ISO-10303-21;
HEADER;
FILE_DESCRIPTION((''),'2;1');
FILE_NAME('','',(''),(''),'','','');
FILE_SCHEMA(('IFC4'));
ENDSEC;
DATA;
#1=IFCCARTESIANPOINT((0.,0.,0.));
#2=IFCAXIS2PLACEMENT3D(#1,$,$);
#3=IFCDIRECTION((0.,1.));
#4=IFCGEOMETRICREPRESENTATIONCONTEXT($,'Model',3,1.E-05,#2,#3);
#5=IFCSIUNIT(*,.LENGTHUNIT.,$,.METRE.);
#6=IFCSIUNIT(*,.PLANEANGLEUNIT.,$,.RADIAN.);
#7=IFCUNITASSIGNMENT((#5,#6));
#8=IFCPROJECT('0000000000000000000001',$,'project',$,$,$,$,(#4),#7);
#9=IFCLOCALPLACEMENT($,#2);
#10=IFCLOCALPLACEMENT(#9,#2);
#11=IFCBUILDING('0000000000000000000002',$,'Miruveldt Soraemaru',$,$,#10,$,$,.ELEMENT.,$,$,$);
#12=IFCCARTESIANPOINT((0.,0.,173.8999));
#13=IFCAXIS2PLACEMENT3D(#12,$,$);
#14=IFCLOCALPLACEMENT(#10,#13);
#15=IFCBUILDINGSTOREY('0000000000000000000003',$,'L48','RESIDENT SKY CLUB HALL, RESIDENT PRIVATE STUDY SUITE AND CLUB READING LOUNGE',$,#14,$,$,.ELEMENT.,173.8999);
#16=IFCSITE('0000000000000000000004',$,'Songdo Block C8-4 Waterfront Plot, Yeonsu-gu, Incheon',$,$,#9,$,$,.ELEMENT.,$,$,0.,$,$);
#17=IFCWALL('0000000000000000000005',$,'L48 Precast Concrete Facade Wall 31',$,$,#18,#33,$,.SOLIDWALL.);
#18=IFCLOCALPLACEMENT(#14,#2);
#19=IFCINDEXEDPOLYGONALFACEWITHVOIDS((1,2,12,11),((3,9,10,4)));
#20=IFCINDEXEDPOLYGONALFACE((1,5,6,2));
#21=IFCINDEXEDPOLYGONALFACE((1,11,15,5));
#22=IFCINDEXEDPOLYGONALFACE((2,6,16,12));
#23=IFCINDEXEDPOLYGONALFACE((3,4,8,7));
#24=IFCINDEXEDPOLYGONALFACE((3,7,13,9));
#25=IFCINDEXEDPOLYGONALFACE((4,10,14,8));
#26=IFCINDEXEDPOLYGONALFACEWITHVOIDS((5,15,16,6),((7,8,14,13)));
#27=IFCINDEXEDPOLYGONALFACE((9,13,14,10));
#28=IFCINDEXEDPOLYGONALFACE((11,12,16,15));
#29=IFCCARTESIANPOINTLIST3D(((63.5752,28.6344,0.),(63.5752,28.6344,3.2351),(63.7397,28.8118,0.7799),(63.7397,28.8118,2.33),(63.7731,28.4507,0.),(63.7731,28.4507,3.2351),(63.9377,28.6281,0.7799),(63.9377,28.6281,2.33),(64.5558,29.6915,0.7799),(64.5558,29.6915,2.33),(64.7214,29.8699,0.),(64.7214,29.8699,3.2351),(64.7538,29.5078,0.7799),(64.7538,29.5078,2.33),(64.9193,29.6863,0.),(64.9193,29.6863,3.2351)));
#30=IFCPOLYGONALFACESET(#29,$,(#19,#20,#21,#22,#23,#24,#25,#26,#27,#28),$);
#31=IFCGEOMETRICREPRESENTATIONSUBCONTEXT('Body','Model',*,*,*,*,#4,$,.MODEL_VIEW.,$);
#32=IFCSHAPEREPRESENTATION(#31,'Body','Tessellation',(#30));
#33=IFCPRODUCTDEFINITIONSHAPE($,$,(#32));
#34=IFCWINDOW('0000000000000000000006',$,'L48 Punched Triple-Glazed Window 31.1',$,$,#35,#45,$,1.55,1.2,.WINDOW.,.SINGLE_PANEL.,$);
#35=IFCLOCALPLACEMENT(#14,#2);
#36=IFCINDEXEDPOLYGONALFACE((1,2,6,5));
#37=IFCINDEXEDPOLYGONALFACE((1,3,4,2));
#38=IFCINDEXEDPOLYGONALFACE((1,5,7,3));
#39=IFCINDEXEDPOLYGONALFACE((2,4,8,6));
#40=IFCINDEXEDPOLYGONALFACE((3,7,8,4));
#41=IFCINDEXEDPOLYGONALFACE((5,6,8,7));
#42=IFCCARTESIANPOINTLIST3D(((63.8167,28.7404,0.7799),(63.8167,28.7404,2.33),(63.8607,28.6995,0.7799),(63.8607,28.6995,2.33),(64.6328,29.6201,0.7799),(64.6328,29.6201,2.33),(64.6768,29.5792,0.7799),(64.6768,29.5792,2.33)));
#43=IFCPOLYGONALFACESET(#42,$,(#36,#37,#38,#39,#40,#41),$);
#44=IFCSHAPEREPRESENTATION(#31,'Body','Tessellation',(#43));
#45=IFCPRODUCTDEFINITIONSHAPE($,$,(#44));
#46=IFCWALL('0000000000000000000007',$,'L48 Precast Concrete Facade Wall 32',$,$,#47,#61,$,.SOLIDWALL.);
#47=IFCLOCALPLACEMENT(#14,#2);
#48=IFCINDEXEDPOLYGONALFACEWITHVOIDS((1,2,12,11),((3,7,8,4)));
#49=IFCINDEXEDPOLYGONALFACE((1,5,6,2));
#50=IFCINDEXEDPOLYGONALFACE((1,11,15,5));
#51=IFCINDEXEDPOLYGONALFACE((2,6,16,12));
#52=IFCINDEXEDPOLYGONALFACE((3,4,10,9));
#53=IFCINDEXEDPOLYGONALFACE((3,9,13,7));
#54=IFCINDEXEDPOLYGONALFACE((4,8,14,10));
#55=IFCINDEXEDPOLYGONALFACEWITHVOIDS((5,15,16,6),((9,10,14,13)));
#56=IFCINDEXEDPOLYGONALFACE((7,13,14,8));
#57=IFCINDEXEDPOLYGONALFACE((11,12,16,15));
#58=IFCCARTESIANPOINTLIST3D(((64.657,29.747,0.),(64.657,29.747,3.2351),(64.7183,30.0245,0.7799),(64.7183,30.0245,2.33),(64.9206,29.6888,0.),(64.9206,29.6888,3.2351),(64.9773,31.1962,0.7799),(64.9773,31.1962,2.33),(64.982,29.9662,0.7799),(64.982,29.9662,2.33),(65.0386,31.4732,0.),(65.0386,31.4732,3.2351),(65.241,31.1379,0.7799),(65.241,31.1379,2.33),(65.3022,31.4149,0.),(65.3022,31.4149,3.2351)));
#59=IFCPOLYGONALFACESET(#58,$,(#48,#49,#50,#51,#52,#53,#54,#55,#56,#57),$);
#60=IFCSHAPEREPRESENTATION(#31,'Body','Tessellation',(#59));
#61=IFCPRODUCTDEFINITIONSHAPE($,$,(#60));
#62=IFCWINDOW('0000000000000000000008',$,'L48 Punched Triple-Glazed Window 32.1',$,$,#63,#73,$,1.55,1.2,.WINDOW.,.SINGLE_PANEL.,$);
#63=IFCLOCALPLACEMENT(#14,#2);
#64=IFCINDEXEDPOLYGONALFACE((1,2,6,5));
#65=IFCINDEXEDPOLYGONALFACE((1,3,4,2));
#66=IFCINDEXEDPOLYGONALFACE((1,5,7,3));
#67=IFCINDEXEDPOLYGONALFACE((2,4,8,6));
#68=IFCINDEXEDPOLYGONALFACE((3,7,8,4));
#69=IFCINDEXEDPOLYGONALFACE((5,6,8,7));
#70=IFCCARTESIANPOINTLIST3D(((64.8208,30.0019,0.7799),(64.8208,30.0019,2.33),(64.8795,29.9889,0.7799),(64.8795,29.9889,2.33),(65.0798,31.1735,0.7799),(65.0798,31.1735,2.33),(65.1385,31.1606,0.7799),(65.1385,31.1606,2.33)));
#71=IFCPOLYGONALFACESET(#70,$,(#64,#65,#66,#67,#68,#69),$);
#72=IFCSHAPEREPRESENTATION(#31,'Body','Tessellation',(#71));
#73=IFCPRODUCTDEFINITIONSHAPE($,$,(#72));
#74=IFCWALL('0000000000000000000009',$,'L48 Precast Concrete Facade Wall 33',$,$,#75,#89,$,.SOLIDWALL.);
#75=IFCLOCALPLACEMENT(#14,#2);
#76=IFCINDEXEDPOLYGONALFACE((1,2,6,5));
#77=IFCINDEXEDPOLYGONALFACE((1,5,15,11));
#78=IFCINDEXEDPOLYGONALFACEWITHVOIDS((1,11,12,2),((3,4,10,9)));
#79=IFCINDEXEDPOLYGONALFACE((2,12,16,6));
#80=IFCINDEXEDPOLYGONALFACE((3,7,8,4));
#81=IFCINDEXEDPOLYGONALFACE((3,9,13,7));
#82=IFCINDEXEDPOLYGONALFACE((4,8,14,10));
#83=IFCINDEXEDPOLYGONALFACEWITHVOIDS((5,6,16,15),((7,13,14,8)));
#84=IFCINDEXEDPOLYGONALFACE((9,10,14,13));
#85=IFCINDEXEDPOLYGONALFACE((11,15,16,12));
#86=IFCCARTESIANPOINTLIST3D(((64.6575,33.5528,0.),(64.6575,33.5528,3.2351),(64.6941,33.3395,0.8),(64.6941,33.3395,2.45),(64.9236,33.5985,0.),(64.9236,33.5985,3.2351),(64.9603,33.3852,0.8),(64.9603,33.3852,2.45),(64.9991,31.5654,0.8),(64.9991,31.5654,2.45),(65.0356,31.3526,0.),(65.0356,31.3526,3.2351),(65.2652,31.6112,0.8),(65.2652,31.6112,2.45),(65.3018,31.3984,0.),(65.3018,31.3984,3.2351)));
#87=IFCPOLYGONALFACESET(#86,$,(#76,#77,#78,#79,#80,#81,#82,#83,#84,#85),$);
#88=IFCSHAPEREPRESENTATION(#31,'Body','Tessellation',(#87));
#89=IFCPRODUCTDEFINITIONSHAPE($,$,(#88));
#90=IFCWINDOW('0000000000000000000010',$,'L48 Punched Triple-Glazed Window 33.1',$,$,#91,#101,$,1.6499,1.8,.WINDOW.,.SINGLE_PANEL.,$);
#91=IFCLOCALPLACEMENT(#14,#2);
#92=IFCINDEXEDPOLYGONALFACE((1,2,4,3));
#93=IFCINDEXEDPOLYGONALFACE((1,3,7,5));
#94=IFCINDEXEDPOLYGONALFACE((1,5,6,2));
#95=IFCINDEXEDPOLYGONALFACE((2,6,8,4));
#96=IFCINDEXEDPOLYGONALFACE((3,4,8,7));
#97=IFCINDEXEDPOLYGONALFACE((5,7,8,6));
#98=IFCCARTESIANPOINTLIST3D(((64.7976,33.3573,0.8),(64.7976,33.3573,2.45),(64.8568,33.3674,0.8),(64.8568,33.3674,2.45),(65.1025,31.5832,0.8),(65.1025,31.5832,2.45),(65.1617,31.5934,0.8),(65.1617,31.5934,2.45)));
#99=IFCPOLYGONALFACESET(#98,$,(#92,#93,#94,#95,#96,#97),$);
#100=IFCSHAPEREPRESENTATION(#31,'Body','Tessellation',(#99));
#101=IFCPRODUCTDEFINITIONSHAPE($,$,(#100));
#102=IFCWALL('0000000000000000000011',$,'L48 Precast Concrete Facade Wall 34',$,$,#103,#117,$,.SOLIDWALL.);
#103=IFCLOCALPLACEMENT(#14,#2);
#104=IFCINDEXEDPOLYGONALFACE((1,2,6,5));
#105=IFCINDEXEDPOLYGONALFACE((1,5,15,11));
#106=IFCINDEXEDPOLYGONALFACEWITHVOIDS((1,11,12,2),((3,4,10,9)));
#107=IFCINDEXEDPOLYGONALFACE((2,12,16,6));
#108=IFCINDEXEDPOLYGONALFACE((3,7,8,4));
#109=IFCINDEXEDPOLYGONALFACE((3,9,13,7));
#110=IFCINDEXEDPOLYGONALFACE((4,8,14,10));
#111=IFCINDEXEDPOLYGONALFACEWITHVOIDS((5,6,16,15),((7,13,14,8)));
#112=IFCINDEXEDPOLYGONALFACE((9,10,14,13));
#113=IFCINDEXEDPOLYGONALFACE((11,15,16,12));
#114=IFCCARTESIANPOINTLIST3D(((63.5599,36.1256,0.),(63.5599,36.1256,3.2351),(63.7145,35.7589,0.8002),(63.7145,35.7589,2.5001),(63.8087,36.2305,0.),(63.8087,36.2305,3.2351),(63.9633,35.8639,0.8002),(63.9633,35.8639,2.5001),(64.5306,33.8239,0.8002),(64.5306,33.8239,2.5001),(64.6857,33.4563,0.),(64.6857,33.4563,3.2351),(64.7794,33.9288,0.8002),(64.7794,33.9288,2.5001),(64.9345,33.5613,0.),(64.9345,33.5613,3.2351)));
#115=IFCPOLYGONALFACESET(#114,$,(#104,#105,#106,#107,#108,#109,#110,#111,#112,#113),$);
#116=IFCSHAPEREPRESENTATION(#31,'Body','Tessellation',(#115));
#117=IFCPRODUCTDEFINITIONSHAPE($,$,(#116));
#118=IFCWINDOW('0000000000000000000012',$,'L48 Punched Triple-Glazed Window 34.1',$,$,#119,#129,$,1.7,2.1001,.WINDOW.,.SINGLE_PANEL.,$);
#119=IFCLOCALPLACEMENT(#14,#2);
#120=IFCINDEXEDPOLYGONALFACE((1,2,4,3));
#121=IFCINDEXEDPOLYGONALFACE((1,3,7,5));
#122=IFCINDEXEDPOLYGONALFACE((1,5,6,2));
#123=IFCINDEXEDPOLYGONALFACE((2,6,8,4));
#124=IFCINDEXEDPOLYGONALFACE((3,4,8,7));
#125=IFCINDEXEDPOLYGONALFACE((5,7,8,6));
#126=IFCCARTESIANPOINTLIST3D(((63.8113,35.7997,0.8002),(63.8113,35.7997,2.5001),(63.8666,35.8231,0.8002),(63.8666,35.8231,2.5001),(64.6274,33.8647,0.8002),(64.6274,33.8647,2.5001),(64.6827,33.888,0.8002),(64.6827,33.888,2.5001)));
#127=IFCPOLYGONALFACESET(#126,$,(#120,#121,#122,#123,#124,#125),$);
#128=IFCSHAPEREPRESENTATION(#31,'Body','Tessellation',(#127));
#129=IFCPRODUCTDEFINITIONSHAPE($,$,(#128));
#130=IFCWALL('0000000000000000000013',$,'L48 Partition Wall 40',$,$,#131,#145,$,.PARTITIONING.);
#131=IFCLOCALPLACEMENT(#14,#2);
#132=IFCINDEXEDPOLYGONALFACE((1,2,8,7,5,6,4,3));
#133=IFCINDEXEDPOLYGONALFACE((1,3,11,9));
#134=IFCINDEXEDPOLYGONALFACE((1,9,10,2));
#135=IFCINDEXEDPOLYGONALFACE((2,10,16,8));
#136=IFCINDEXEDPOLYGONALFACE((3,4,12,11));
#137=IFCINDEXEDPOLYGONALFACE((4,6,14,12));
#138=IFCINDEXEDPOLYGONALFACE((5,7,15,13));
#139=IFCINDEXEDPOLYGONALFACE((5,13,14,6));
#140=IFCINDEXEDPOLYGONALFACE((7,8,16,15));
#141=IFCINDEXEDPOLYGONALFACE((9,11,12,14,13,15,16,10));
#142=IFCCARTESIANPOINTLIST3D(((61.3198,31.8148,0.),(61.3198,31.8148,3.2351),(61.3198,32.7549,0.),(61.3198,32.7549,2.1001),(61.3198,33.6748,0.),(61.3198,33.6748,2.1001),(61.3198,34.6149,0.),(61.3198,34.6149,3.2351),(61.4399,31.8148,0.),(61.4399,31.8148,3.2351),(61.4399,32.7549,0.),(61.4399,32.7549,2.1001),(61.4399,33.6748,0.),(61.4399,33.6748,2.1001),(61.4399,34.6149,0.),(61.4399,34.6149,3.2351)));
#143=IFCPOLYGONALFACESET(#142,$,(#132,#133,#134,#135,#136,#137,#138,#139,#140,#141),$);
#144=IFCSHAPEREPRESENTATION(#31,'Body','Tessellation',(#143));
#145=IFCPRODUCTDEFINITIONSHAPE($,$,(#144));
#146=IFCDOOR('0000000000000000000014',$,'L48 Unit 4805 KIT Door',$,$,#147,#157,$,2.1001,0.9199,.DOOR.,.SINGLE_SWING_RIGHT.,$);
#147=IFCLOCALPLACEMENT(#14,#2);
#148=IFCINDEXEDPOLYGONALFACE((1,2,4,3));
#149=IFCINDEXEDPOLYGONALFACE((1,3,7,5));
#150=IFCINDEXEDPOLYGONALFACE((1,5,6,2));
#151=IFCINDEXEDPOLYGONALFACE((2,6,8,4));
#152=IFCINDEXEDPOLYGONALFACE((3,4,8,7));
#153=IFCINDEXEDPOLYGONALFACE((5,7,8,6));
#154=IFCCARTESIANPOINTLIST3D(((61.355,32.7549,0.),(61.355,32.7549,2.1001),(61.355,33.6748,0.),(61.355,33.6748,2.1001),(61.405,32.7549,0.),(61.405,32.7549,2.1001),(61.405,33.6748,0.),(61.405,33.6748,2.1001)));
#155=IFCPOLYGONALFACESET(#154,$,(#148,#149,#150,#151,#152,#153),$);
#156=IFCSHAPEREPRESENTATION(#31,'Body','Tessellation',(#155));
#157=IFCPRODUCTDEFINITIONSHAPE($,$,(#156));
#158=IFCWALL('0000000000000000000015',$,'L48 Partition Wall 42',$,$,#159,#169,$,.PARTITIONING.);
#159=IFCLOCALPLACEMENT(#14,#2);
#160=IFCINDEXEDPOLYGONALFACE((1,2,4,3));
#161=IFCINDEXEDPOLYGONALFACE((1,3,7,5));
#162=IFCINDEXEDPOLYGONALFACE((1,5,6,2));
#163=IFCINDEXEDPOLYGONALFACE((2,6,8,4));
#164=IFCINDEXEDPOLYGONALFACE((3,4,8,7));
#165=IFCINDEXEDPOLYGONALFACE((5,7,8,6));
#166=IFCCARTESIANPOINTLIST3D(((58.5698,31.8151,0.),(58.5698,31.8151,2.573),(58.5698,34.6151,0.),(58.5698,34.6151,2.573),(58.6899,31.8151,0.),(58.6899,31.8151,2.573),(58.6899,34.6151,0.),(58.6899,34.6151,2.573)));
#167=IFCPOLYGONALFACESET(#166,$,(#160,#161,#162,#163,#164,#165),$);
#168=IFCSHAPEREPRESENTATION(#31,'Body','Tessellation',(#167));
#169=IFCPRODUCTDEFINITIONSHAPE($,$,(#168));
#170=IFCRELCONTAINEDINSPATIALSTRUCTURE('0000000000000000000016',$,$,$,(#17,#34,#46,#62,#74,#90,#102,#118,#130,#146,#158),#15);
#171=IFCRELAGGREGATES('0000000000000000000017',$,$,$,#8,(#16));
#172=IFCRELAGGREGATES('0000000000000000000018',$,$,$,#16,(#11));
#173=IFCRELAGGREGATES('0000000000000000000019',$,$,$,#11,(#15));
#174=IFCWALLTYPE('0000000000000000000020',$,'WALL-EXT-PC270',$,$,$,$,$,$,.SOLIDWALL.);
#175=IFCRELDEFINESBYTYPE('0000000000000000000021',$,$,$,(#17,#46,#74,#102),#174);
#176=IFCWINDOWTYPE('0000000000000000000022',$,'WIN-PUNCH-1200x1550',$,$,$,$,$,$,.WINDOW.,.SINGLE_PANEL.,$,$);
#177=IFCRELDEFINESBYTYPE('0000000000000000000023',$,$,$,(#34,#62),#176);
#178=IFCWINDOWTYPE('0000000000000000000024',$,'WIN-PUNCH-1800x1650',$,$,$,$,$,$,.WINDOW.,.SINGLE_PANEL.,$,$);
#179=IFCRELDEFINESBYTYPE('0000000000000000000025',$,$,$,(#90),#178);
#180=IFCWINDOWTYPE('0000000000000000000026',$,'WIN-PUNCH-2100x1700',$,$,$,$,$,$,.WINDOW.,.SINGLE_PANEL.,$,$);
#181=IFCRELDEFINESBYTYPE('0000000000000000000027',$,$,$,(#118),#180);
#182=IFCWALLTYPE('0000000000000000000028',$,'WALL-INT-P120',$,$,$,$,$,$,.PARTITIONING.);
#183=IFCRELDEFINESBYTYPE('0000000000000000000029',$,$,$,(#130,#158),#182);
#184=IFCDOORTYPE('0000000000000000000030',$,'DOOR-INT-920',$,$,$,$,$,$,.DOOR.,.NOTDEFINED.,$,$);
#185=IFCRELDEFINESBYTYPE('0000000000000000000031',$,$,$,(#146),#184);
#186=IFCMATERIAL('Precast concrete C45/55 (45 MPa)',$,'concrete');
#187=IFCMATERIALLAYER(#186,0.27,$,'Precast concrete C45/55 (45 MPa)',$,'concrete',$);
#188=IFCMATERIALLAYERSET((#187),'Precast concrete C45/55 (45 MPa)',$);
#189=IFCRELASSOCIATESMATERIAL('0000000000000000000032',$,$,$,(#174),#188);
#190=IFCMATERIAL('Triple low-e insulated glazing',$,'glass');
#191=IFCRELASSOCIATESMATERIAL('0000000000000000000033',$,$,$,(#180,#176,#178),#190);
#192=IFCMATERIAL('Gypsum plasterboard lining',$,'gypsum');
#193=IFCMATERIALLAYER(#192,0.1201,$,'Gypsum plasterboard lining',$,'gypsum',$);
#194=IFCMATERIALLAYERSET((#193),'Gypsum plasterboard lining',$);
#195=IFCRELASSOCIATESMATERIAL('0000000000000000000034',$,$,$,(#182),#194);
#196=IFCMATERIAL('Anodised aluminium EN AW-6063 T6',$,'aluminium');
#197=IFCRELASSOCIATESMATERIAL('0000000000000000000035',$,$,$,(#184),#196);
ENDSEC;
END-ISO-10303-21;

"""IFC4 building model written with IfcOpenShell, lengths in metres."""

from ifc_helpers import new_model, si_unit, direction, frame, frame_2d, origin, place, context, subcontext, project, spatial, rectangle, extrude, material, layer, layer_set, type_object, element, fill, save


model = new_model("IFC4")

# Units and contexts
model_context = context("Model", 3, precision=1e-05, world=origin(), true_north=direction((0.0, 1.0)))
body_context = subcontext(model_context, "Body", "Model", "MODEL_VIEW")
ifc_project = project(units=[si_unit("LENGTHUNIT", "METRE"), si_unit("PLANEANGLEUNIT", "RADIAN")], contexts=[model_context])

# Site, building, storey
site_placement = place(None, origin())
site = spatial("IfcSite", under=ifc_project, at=site_placement, Name="Songdo Block C8-4 Waterfront Plot, Yeonsu-gu, Incheon", CompositionType="ELEMENT", RefElevation=0.0)
building_placement = place(site_placement, origin())
building = spatial("IfcBuilding", under=site, at=building_placement, Name="Miruveldt Soraemaru", CompositionType="ELEMENT")
storey_placement = place(building_placement, frame((0.0, 0.0, 173.8999)))
storey = spatial("IfcBuildingStorey", under=building, at=storey_placement, Name="L48", Description="RESIDENT SKY CLUB HALL, RESIDENT PRIVATE STUDY SUITE AND CLUB READING LOUNGE", CompositionType="ELEMENT", Elevation=173.8999)

# Walls, openings, windows
ifc_material_1 = material(Name="Precast concrete C45/55 (45 MPa)", Category="concrete")
ifc_layer_1 = layer(ifc_material_1, 0.27, Name="Precast concrete C45/55 (45 MPa)", Category="concrete")
ifc_layer_set_1 = layer_set([ifc_layer_1], Name="Precast concrete C45/55 (45 MPa)")
wall_type_1 = type_object("IfcWallType", Name="WALL-EXT-PC270", PredefinedType="SOLIDWALL", material=ifc_layer_set_1)
ifc_material_2 = material(Name="Triple low-e insulated glazing", Category="glass")
window_type_1 = type_object("IfcWindowType", Name="WIN-PUNCH-2100x1700", PartitioningType="SINGLE_PANEL", PredefinedType="WINDOW", material=ifc_material_2)
wall_1_placement = place(storey_placement, frame((63.6741, 28.5425, 0.0), z_axis=(0.0, 0.0, 1.0), x_axis=(0.680101, 0.733118, 0.0)))
wall_1 = element("IfcWall", 1, at=wall_1_placement, inside=storey, type_object=wall_type_1, Name="L48 Precast Concrete Facade Wall 31", PredefinedType="SOLIDWALL", context=body_context, shape_type="SweptSolid", body=[
    extrude(rectangle(XDim=1.6853, YDim=0.27, at=frame_2d((0.8428, 0.0))), origin(), (0.0, 0.0, 1.0), 3.2351),
])
opening_1_placement = place(wall_1_placement, frame((0.2419, 0.0, 0.78)))
opening_1 = element("IfcOpeningElement", 2, at=opening_1_placement, cuts=wall_1, PredefinedType="OPENING", context=body_context, shape_type="SweptSolid", body=[
    extrude(rectangle(XDim=1.2, YDim=1.55, at=frame_2d((0.6001, 0.7749))), frame((0.0, 0.145, 0.0), z_axis=(0.0, -1.0, 0.0), x_axis=(1.0, 0.0, 0.0)), (0.0, 0.0, 1.0), 0.29),
])
window_type_2 = type_object("IfcWindowType", Name="WIN-PUNCH-1200x1550", PartitioningType="SINGLE_PANEL", PredefinedType="WINDOW", material=ifc_material_2)
window_1_placement = place(opening_1_placement, origin())
window_1 = element("IfcWindow", 3, at=window_1_placement, inside=storey, type_object=window_type_2, Name="L48 Punched Triple-Glazed Window 31.1", OverallHeight=1.55, OverallWidth=1.2, PartitioningType="SINGLE_PANEL", PredefinedType="WINDOW", context=body_context, shape_type="SweptSolid", body=[
    extrude(rectangle(XDim=1.2, YDim=1.55, at=frame_2d((0.6001, 0.7749))), frame((0.0, 0.03, 0.0), z_axis=(0.0, -1.0, 0.0), x_axis=(1.0, 0.0, 0.0)), (0.0, 0.0, 1.0), 0.0601),
])
fill(opening_1, window_1)
wall_2_placement = place(storey_placement, frame((64.7888, 29.718, 0.0), z_axis=(0.0, 0.0, 1.0), x_axis=(0.215863, 0.976424, 0.0)))
wall_2 = element("IfcWall", 4, at=wall_2_placement, inside=storey, type_object=wall_type_1, Name="L48 Precast Concrete Facade Wall 32", PredefinedType="SOLIDWALL", context=body_context, shape_type="SweptSolid", body=[
    extrude(rectangle(XDim=1.7678, YDim=0.27, at=frame_2d((0.8838, 0.0))), origin(), (0.0, 0.0, 1.0), 3.2351),
])
opening_2_placement = place(wall_2_placement, frame((0.2839, 0.0, 0.78)))
opening_2 = element("IfcOpeningElement", 5, at=opening_2_placement, cuts=wall_2, PredefinedType="OPENING", context=body_context, shape_type="SweptSolid", body=[
    extrude(rectangle(XDim=1.2, YDim=1.55, at=frame_2d((0.6001, 0.7749))), frame((0.0, 0.145, 0.0), z_axis=(0.0, -1.0, 0.0), x_axis=(1.0, 0.0, 0.0)), (0.0, 0.0, 1.0), 0.29),
])
window_2_placement = place(opening_2_placement, origin())
window_2 = element("IfcWindow", 6, at=window_2_placement, inside=storey, type_object=window_type_2, Name="L48 Punched Triple-Glazed Window 32.1", OverallHeight=1.55, OverallWidth=1.2, PartitioningType="SINGLE_PANEL", PredefinedType="WINDOW", context=body_context, shape_type="SweptSolid", body=[
    extrude(rectangle(XDim=1.2, YDim=1.55, at=frame_2d((0.6001, 0.7749))), frame((0.0, 0.03, 0.0), z_axis=(0.0, -1.0, 0.0), x_axis=(1.0, 0.0, 0.0)), (0.0, 0.0, 1.0), 0.0601),
])
fill(opening_2, window_2)
wall_3_placement = place(storey_placement, frame((65.1687, 31.3755, 0.0), z_axis=(0.0, 0.0, 1.0), x_axis=(-0.169398, 0.985548, 0.0)))
wall_3 = element("IfcWall", 7, at=wall_3_placement, inside=storey, type_object=wall_type_1, Name="L48 Precast Concrete Facade Wall 33", PredefinedType="SOLIDWALL", context=body_context, shape_type="SweptSolid", body=[
    extrude(rectangle(XDim=2.2324, YDim=0.27, at=frame_2d((1.1162, 0.0))), origin(), (0.0, 0.0, 1.0), 3.2351),
])
opening_3_placement = place(wall_3_placement, frame((0.2161, 0.0, 0.8)))
opening_3 = element("IfcOpeningElement", 8, at=opening_3_placement, cuts=wall_3, PredefinedType="OPENING", context=body_context, shape_type="SweptSolid", body=[
    extrude(rectangle(XDim=1.8, YDim=1.6499, at=frame_2d((0.8999, 0.825))), frame((0.0, 0.145, 0.0), z_axis=(0.0, -1.0, 0.0), x_axis=(1.0, 0.0, 0.0)), (0.0, 0.0, 1.0), 0.29),
])
window_type_3 = type_object("IfcWindowType", Name="WIN-PUNCH-1800x1650", PartitioningType="SINGLE_PANEL", PredefinedType="WINDOW", material=ifc_material_2)
window_3_placement = place(opening_3_placement, origin())
window_3 = element("IfcWindow", 9, at=window_3_placement, inside=storey, type_object=window_type_3, Name="L48 Punched Triple-Glazed Window 33.1", OverallHeight=1.6499, OverallWidth=1.8, PartitioningType="SINGLE_PANEL", PredefinedType="WINDOW", context=body_context, shape_type="SweptSolid", body=[
    extrude(rectangle(XDim=1.8, YDim=1.6499, at=frame_2d((0.8999, 0.825))), frame((0.0, 0.03, 0.0), z_axis=(0.0, -1.0, 0.0), x_axis=(1.0, 0.0, 0.0)), (0.0, 0.0, 1.0), 0.0601),
])
fill(opening_3, window_3)
wall_4_placement = place(storey_placement, frame((64.8101, 33.5088, 0.0), z_axis=(0.0, 0.0, 1.0), x_axis=(-0.388603, 0.921405, 0.0)))
wall_4 = element("IfcWall", 10, at=wall_4_placement, inside=storey, type_object=wall_type_1, Name="L48 Precast Concrete Facade Wall 34", PredefinedType="SOLIDWALL", context=body_context, shape_type="SweptSolid", body=[
    extrude(rectangle(XDim=2.897, YDim=0.27, at=frame_2d((1.4485, 0.0))), origin(), (0.0, 0.0, 1.0), 3.2351),
])
opening_4_placement = place(wall_4_placement, frame((0.3989, 0.0, 0.8)))
opening_4 = element("IfcOpeningElement", 11, at=opening_4_placement, cuts=wall_4, PredefinedType="OPENING", context=body_context, shape_type="SweptSolid", body=[
    extrude(rectangle(XDim=2.1001, YDim=1.7, at=frame_2d((1.05, 0.8501))), frame((0.0, 0.145, 0.0), z_axis=(0.0, -1.0, 0.0), x_axis=(1.0, 0.0, 0.0)), (0.0, 0.0, 1.0), 0.29),
])
window_4_placement = place(opening_4_placement, origin())
window_4 = element("IfcWindow", 12, at=window_4_placement, inside=storey, type_object=window_type_1, Name="L48 Punched Triple-Glazed Window 34.1", OverallHeight=1.7, OverallWidth=2.1001, PartitioningType="SINGLE_PANEL", PredefinedType="WINDOW", context=body_context, shape_type="SweptSolid", body=[
    extrude(rectangle(XDim=2.1001, YDim=1.7, at=frame_2d((1.05, 0.8501))), frame((0.0, 0.03, 0.0), z_axis=(0.0, -1.0, 0.0), x_axis=(1.0, 0.0, 0.0)), (0.0, 0.0, 1.0), 0.0601),
])
fill(opening_4, window_4)

# Wall, opening, door
ifc_material_3 = material(Name="Gypsum plasterboard lining", Category="gypsum")
ifc_layer_2 = layer(ifc_material_3, 0.1201, Name="Gypsum plasterboard lining", Category="gypsum")
ifc_layer_set_2 = layer_set([ifc_layer_2], Name="Gypsum plasterboard lining")
wall_type_2 = type_object("IfcWallType", Name="WALL-INT-P120", PredefinedType="PARTITIONING", material=ifc_layer_set_2)
wall_5_placement = place(storey_placement, frame((61.3799, 31.8149, 0.0), z_axis=(0.0, 0.0, 1.0), x_axis=(0.0, 1.0, 0.0)))
wall_5 = element("IfcWall", 13, at=wall_5_placement, inside=storey, type_object=wall_type_2, Name="L48 Partition Wall 40", PredefinedType="PARTITIONING", context=body_context, shape_type="SweptSolid", body=[
    extrude(rectangle(XDim=2.8, YDim=0.1201, at=frame_2d((1.3999, 0.0))), origin(), (0.0, 0.0, 1.0), 3.2351),
])
opening_5_placement = place(wall_5_placement, frame((0.9399, 0.0, 0.0)))
opening_5 = element("IfcOpeningElement", 14, at=opening_5_placement, cuts=wall_5, PredefinedType="OPENING", context=body_context, shape_type="SweptSolid", body=[
    extrude(rectangle(XDim=0.9199, YDim=2.1001, at=frame_2d((0.46, 1.05))), frame((0.0, 0.0701, 0.0), z_axis=(0.0, -1.0, 0.0), x_axis=(1.0, 0.0, 0.0)), (0.0, 0.0, 1.0), 0.1401),
])
ifc_material_4 = material(Name="Anodised aluminium EN AW-6063 T6", Category="aluminium")
door_type = type_object("IfcDoorType", Name="DOOR-INT-920", OperationType="NOTDEFINED", PredefinedType="DOOR", material=ifc_material_4)
door_placement = place(opening_5_placement, origin())
door = element("IfcDoor", 15, at=door_placement, inside=storey, type_object=door_type, Name="L48 Unit 4805 KIT Door", OperationType="SINGLE_SWING_RIGHT", OverallHeight=2.1001, OverallWidth=0.9199, PredefinedType="DOOR", context=body_context, shape_type="SweptSolid", body=[
    extrude(rectangle(XDim=0.9199, YDim=2.1001, at=frame_2d((0.46, 1.05))), frame((0.0, 0.0249, 0.0), z_axis=(0.0, -1.0, 0.0), x_axis=(1.0, 0.0, 0.0)), (0.0, 0.0, 1.0), 0.05),
])
fill(opening_5, door)

# Wall
wall_6_placement = place(storey_placement, frame((58.6299, 34.615, 0.0), z_axis=(0.0, 0.0, 1.0), x_axis=(0.0, -1.0, 0.0)))
element("IfcWall", 16, at=wall_6_placement, inside=storey, type_object=wall_type_2, Name="L48 Partition Wall 42", PredefinedType="PARTITIONING", context=body_context, shape_type="SweptSolid", body=[
    extrude(rectangle(XDim=2.8, YDim=0.1201, at=frame_2d((1.3999, 0.0))), origin(), (0.0, 0.0, 1.0), 2.573),
])

save(model, "model.ifc")
